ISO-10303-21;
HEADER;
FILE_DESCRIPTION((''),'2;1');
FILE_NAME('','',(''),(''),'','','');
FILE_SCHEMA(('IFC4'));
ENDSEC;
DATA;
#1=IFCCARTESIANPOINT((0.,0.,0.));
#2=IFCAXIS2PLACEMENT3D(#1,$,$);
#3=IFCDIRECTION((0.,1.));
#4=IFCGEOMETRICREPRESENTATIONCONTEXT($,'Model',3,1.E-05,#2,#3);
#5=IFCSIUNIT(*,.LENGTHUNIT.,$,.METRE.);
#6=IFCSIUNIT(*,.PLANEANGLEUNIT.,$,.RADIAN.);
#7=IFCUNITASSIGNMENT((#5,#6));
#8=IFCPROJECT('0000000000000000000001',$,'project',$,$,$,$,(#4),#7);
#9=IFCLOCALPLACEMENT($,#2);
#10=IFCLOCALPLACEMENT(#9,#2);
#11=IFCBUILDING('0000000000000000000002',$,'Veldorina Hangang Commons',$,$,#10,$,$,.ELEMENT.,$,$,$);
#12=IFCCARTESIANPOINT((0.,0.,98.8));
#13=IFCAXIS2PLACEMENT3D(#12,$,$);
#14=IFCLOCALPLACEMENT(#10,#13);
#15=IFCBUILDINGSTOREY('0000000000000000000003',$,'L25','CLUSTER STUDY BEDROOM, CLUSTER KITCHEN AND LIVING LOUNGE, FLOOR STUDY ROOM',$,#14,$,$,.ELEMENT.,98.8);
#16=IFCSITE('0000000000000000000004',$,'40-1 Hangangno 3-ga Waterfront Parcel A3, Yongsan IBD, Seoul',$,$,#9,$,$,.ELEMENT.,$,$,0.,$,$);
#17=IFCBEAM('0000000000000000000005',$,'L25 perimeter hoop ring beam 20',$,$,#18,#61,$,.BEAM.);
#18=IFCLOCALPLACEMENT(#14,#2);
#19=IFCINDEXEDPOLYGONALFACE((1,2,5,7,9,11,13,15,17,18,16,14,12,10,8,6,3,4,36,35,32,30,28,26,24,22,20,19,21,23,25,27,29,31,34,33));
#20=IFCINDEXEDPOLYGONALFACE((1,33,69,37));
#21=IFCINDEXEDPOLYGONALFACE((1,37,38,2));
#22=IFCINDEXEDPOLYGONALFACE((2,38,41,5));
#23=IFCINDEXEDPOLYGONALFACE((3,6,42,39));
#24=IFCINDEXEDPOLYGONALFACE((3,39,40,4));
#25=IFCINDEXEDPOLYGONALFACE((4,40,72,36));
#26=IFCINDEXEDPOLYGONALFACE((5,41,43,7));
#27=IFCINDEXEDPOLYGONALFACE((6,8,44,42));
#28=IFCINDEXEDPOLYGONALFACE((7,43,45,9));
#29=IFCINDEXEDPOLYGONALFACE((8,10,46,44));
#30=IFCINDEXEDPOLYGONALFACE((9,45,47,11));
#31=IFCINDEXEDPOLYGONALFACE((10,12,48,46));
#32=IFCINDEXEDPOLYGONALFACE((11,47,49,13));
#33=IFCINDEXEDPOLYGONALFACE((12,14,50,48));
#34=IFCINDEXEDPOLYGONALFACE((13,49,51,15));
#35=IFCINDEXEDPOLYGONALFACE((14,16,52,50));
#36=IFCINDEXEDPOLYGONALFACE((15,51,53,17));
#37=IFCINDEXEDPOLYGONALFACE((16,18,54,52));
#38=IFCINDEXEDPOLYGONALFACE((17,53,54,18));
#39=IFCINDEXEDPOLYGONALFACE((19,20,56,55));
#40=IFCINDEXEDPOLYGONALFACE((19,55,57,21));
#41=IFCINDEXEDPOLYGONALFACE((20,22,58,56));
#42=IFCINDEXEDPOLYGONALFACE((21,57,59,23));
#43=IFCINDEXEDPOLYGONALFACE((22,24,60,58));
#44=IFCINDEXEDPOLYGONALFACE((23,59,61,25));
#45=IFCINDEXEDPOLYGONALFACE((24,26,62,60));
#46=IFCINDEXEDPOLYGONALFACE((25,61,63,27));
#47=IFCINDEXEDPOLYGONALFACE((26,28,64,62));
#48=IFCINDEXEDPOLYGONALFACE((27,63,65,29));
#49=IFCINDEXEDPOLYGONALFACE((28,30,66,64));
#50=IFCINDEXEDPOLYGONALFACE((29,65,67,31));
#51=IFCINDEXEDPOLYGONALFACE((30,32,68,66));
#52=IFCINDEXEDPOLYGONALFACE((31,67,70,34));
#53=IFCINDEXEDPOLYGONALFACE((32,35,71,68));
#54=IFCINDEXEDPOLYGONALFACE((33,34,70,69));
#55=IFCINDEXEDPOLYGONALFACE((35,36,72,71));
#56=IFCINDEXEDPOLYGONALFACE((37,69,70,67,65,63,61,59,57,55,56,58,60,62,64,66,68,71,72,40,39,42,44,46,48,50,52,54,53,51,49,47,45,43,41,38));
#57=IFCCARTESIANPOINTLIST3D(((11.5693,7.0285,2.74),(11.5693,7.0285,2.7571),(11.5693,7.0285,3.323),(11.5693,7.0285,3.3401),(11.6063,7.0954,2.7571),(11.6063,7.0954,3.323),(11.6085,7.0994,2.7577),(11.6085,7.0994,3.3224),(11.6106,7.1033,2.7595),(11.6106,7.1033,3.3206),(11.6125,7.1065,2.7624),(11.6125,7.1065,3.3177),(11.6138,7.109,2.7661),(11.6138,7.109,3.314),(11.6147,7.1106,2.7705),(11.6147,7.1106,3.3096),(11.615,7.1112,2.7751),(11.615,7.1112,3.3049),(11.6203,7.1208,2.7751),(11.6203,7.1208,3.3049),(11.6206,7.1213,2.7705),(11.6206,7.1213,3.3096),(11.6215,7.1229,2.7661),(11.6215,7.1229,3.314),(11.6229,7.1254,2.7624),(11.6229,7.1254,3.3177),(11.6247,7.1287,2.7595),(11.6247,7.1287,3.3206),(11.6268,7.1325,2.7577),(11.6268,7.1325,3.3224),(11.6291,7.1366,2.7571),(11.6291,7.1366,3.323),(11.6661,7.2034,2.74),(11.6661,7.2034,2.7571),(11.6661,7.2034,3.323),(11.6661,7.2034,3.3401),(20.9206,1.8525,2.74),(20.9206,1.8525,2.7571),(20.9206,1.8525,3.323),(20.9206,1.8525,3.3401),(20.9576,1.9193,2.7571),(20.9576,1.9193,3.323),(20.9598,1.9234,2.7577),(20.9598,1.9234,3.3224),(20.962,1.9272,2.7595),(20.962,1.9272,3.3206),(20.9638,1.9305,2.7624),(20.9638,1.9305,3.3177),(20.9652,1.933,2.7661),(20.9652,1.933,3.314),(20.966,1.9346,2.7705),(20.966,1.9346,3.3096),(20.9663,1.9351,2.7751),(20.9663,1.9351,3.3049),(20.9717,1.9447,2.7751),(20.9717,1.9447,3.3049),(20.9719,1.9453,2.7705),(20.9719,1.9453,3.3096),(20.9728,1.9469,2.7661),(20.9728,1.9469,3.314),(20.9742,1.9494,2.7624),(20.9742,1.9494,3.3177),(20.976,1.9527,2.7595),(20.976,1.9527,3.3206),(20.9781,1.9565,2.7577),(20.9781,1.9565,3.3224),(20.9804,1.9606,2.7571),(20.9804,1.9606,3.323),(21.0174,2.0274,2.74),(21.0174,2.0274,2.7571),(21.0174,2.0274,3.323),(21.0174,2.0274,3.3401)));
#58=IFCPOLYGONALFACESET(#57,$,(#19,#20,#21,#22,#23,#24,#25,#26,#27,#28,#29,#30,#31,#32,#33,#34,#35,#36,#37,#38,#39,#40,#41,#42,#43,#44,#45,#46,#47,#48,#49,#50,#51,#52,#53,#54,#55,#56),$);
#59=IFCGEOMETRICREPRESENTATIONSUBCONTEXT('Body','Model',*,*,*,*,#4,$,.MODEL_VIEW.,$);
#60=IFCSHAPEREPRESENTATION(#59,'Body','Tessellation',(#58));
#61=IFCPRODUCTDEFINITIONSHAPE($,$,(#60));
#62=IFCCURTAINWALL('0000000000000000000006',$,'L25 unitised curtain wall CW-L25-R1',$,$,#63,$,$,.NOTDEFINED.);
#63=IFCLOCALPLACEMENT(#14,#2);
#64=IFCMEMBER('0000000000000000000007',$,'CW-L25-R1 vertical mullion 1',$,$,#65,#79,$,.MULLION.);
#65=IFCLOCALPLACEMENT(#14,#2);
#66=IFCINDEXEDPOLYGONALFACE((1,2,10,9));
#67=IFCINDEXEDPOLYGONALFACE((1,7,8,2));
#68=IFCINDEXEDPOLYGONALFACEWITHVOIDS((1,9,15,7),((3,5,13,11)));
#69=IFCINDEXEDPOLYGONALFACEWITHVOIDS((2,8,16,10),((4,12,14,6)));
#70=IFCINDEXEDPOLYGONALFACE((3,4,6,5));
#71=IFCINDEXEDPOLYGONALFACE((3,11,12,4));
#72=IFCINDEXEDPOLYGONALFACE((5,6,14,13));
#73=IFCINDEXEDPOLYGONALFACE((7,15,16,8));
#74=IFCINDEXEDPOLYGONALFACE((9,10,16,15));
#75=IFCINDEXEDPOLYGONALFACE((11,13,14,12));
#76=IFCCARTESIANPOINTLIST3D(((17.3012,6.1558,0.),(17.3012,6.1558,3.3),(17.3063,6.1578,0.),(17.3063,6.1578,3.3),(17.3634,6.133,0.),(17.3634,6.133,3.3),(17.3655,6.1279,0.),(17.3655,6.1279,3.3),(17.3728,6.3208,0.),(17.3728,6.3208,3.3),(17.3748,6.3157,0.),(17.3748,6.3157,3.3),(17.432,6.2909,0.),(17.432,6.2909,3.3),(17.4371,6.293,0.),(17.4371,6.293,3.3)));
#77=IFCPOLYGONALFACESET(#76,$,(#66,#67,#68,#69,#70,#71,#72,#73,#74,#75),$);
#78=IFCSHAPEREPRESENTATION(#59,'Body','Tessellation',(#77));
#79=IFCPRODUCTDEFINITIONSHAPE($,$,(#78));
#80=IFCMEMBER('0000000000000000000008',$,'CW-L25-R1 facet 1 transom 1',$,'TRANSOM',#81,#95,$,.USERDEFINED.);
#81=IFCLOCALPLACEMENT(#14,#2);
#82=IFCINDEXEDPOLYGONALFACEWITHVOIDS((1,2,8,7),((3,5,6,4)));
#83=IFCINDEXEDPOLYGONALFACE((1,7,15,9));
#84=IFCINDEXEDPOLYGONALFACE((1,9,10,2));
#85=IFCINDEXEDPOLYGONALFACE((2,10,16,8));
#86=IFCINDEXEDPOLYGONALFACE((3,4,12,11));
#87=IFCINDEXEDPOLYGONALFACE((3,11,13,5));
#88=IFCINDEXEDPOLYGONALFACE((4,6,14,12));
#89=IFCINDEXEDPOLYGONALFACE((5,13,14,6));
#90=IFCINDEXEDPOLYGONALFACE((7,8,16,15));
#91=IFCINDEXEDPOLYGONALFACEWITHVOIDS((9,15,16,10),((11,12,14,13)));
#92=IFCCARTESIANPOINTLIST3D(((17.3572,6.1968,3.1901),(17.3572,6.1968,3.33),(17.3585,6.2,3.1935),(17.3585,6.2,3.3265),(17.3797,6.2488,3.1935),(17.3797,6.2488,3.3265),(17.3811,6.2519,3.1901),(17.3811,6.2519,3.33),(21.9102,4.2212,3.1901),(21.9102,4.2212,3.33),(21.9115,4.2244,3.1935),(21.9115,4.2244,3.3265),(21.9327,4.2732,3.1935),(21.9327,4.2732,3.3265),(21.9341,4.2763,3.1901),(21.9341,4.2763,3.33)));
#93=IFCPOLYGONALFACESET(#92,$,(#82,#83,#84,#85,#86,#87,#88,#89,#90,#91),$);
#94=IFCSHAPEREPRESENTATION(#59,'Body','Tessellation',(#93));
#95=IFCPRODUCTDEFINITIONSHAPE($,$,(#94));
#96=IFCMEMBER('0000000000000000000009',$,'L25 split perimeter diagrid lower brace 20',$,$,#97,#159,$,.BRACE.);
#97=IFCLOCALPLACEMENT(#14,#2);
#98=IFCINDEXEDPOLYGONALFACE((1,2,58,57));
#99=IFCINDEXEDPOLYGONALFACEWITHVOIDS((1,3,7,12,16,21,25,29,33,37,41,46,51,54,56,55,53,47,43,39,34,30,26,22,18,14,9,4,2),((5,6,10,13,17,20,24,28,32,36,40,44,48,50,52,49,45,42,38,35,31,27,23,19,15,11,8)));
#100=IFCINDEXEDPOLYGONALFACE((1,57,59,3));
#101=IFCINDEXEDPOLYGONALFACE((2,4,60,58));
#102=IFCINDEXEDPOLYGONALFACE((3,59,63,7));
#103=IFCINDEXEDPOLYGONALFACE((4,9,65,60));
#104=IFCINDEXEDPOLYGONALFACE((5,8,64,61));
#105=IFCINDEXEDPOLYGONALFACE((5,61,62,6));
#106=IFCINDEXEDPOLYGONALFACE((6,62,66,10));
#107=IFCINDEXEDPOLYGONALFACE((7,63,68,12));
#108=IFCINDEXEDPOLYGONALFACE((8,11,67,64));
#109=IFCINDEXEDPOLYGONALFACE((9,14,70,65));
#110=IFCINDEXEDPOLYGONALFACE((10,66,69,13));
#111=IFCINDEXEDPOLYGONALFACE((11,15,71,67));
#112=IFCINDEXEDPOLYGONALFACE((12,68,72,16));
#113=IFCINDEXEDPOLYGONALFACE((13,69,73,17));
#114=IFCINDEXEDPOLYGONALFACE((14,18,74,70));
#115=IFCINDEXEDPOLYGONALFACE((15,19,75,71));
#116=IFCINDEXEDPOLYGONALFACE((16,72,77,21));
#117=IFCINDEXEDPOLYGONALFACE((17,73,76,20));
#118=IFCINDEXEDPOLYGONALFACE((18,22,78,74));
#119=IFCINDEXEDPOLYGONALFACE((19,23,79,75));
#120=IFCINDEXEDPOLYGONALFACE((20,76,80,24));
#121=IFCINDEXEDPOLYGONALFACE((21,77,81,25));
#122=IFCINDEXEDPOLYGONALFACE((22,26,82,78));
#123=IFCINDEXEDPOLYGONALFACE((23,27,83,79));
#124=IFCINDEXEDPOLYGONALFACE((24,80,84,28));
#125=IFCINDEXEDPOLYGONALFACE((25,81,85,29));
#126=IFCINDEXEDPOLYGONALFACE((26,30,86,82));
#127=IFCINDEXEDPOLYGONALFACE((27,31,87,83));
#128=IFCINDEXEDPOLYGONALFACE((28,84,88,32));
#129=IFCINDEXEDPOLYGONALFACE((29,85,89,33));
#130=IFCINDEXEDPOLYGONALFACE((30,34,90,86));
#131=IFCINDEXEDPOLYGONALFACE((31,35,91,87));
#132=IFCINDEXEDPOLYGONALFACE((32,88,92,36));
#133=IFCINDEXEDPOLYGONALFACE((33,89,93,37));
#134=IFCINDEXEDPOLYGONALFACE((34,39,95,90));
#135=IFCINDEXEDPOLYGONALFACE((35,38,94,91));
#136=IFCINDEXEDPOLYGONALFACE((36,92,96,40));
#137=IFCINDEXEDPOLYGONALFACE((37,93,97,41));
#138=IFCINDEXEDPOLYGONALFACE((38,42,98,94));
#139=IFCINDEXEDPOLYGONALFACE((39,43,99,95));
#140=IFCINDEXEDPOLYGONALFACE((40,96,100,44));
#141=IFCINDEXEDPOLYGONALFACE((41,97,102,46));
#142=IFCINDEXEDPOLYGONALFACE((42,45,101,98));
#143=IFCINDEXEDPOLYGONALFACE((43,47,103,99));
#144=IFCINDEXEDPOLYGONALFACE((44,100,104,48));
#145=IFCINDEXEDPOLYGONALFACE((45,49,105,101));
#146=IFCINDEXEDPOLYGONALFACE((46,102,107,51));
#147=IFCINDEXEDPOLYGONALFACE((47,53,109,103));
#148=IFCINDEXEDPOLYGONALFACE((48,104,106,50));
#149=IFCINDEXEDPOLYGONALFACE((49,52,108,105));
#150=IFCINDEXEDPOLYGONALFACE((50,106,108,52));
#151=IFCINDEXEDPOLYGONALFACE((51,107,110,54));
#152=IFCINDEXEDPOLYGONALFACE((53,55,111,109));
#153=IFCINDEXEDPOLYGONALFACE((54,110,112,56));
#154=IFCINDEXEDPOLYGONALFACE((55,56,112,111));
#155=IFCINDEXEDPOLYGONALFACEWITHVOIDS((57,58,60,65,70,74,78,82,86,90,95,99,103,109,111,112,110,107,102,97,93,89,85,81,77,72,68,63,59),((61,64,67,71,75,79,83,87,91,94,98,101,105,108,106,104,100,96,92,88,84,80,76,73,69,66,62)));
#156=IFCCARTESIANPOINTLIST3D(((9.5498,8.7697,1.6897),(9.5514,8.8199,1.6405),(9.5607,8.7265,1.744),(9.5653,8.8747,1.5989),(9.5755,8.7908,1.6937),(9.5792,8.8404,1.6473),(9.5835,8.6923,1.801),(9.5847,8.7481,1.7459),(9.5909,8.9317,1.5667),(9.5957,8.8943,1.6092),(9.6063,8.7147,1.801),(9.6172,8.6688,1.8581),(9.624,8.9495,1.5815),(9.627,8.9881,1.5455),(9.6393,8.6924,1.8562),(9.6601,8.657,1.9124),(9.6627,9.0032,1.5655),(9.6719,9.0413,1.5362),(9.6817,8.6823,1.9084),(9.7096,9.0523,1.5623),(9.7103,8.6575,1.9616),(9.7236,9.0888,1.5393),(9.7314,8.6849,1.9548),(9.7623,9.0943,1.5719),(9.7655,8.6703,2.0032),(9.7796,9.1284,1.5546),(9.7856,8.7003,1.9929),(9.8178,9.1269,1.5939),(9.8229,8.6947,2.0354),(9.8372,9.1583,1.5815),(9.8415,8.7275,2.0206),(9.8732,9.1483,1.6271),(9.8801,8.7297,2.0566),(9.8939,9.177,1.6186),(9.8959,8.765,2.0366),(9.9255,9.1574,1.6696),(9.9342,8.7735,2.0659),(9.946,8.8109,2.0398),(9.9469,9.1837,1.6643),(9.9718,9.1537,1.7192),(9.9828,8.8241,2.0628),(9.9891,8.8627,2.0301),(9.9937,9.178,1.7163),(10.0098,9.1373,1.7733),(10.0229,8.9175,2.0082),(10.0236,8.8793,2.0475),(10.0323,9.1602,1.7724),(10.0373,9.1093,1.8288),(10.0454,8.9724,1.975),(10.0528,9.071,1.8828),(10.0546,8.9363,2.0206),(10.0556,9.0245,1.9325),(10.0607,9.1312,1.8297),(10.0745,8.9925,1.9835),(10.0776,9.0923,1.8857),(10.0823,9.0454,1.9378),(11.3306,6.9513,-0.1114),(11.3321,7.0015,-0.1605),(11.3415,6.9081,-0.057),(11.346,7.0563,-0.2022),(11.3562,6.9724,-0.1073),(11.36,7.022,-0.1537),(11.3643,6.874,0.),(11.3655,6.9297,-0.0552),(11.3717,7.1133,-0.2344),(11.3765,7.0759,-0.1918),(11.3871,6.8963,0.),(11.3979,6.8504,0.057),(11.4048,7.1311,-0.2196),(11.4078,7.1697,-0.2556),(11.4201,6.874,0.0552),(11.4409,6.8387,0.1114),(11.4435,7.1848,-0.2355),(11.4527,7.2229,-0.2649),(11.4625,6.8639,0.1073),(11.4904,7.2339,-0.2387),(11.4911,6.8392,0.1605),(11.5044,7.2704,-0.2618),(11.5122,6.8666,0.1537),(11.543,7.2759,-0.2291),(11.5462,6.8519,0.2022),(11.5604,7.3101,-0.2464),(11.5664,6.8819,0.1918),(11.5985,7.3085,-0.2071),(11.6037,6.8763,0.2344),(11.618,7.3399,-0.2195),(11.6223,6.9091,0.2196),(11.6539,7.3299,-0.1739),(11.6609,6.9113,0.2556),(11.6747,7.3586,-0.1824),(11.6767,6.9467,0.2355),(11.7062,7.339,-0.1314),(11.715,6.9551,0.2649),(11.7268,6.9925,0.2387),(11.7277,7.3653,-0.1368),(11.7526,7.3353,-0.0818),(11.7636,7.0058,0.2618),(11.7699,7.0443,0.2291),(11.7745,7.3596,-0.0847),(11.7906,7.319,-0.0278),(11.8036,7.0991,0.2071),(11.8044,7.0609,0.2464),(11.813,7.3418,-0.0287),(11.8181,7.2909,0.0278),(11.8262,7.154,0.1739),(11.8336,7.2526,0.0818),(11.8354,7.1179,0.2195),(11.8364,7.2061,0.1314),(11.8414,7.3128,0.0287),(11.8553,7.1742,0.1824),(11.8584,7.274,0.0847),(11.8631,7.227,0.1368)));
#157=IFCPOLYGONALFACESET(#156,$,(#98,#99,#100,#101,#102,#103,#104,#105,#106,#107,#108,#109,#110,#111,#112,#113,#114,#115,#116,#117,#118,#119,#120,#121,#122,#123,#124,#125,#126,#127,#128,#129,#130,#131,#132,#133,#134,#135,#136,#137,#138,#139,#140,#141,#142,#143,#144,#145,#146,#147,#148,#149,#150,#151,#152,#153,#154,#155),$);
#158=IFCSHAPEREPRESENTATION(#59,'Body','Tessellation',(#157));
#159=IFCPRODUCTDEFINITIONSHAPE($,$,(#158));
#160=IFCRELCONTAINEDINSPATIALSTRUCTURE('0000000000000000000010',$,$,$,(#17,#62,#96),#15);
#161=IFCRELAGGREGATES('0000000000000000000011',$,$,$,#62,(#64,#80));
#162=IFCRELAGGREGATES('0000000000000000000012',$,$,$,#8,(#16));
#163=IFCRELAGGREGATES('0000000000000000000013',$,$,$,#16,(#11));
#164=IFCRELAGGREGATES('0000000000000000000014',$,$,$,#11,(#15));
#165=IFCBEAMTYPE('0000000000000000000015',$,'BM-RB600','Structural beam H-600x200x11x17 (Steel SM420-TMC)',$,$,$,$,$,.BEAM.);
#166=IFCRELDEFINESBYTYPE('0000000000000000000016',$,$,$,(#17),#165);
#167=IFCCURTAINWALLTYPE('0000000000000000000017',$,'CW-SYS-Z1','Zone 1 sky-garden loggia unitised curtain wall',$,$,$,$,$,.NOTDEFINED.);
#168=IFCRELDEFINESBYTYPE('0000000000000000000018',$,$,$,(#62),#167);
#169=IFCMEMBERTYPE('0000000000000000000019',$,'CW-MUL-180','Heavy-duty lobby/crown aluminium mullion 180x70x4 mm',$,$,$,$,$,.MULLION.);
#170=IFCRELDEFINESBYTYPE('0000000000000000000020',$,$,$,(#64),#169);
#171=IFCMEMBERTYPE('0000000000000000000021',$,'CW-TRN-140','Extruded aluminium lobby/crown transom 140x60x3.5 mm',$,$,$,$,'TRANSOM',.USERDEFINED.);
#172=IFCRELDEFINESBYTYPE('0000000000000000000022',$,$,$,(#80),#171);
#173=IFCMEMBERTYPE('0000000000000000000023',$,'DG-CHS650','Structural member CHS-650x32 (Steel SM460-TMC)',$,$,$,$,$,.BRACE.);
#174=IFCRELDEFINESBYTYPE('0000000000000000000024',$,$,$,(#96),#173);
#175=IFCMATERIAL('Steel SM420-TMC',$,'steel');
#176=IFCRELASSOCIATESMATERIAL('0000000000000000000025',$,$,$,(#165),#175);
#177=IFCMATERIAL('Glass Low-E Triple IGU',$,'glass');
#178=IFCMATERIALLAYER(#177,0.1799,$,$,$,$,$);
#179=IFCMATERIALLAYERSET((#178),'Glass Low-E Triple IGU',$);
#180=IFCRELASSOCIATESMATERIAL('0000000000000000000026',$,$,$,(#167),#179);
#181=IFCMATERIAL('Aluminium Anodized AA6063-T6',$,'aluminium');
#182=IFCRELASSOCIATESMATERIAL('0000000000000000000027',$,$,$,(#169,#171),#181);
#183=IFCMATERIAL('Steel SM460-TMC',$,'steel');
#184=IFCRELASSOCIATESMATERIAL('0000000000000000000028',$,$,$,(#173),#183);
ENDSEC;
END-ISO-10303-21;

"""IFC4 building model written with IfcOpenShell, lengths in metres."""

from ifc_helpers import new_model, si_unit, direction, frame, origin, origin_2d, place, context, subcontext, project, spatial, hollow_rectangle, hollow_circle, i_section, extrude, material, layer, layer_set, material_profile, profile_set, type_object, element, aggregate, save


model = new_model("IFC4")

# Units and contexts
model_context = context("Model", 3, precision=1e-05, world=origin(), true_north=direction((0.0, 1.0)))
body_context = subcontext(model_context, "Body", "Model", "MODEL_VIEW")
ifc_project = project(units=[si_unit("LENGTHUNIT", "METRE"), si_unit("PLANEANGLEUNIT", "RADIAN")], contexts=[model_context])

# Site, building, storey
site_placement = place(None, origin())
site = spatial("IfcSite", under=ifc_project, at=site_placement, Name="40-1 Hangangno 3-ga Waterfront Parcel A3, Yongsan IBD, Seoul", CompositionType="ELEMENT", RefElevation=0.0)
building_placement = place(site_placement, origin())
building = spatial("IfcBuilding", under=site, at=building_placement, Name="Veldorina Hangang Commons", CompositionType="ELEMENT")
storey_placement = place(building_placement, frame((0.0, 0.0, 98.8)))
storey = spatial("IfcBuildingStorey", under=building, at=storey_placement, Name="L25", Description="CLUSTER STUDY BEDROOM, CLUSTER KITCHEN AND LIVING LOUNGE, FLOOR STUDY ROOM", CompositionType="ELEMENT", Elevation=98.8)

# Beam
ifc_material_1 = material(Name="Steel SM420-TMC", Category="steel")
ifc_material_profile_1 = material_profile(ifc_material_1, i_section(OverallWidth=0.2, OverallDepth=0.6001, WebThickness=0.011, FlangeThickness=0.0171, FilletRadius=0.0181, at=origin_2d()), Name="H-600x200x11x17")
ifc_profile_set_1 = profile_set([ifc_material_profile_1], Name="Steel SM420-TMC")
beam_type = type_object("IfcBeamType", Name="BM-RB600", Description="Structural beam H-600x200x11x17 (Steel SM420-TMC)", PredefinedType="BEAM", material=ifc_profile_set_1)
beam_placement = place(storey_placement, frame((11.6177, 7.116, 3.04), z_axis=(0.874917, -0.484273, 0.0), x_axis=(0.484273, 0.874917, 0.0)))
element("IfcBeam", 1, at=beam_placement, inside=storey, type_object=beam_type, Name="L25 perimeter hoop ring beam 20", PredefinedType="BEAM", context=body_context, shape_type="SweptSolid", body=[
    extrude(i_section(OverallWidth=0.2, OverallDepth=0.6001, WebThickness=0.011, FlangeThickness=0.0171, FilletRadius=0.0181, at=origin_2d()), origin(), (0.0, 0.0, 1.0), 10.6882),
])

# Curtain wall, members
ifc_material_2 = material(Name="Glass Low-E Triple IGU", Category="glass")
ifc_layer_1 = layer(ifc_material_2, 0.1799)
ifc_layer_set_1 = layer_set([ifc_layer_1], Name="Glass Low-E Triple IGU")
curtain_wall_type = type_object("IfcCurtainWallType", Name="CW-SYS-Z1", Description="Zone 1 sky-garden loggia unitised curtain wall", PredefinedType="NOTDEFINED", material=ifc_layer_set_1)
curtain_wall_placement = place(storey_placement, origin())
curtain_wall = element("IfcCurtainWall", 2, at=curtain_wall_placement, inside=storey, type_object=curtain_wall_type, Name="L25 unitised curtain wall CW-L25-R1", PredefinedType="NOTDEFINED")
ifc_material_3 = material(Name="Aluminium Anodized AA6063-T6", Category="aluminium")
ifc_material_profile_2 = material_profile(ifc_material_3, hollow_rectangle(XDim=0.0701, YDim=0.1799, WallThickness=0.0039, at=origin_2d()), Name="ALU-RHS-180x70x4")
ifc_profile_set_2 = profile_set([ifc_material_profile_2], Name="Aluminium Anodized AA6063-T6")
member_type_1 = type_object("IfcMemberType", Name="CW-MUL-180", Description="Heavy-duty lobby/crown aluminium mullion 180x70x4 mm", PredefinedType="MULLION", material=ifc_profile_set_2)
member_1_placement = place(storey_placement, frame((17.3691, 6.2244, 0.0), z_axis=(0.0, 0.0, 1.0), x_axis=(0.917359, -0.398061, 0.0)))
member_1 = element("IfcMember", 3, at=member_1_placement, type_object=member_type_1, Name="CW-L25-R1 vertical mullion 1", PredefinedType="MULLION", context=body_context, shape_type="SweptSolid", body=[
    extrude(hollow_rectangle(XDim=0.0701, YDim=0.1799, WallThickness=0.0039, at=origin_2d()), origin(), (0.0, 0.0, 1.0), 3.3),
])
ifc_material_profile_3 = material_profile(ifc_material_3, hollow_rectangle(XDim=0.0601, YDim=0.1399, WallThickness=0.0034, at=origin_2d()), Name="ALU-RHS-140x60x3.5")
ifc_profile_set_3 = profile_set([ifc_material_profile_3], Name="Aluminium Anodized AA6063-T6")
member_type_2 = type_object("IfcMemberType", Name="CW-TRN-140", Description="Extruded aluminium lobby/crown transom 140x60x3.5 mm", ElementType="TRANSOM", PredefinedType="USERDEFINED", material=ifc_profile_set_3)
member_2_placement = place(storey_placement, frame((17.3691, 6.2244, 3.26), z_axis=(0.917362, -0.398053, 0.0), x_axis=(0.398053, 0.917362, 0.0)))
member_2 = element("IfcMember", 4, at=member_2_placement, type_object=member_type_2, Name="CW-L25-R1 facet 1 transom 1", ObjectType="TRANSOM", PredefinedType="USERDEFINED", context=body_context, shape_type="SweptSolid", body=[
    extrude(hollow_rectangle(XDim=0.0601, YDim=0.1399, WallThickness=0.0034, at=origin_2d()), origin(), (0.0, 0.0, 1.0), 4.9631),
])

# Member
ifc_material_4 = material(Name="Steel SM460-TMC", Category="steel")
ifc_material_profile_4 = material_profile(ifc_material_4, hollow_circle(Radius=0.325, WallThickness=0.032, at=origin_2d()), Name="CHS-650x32")
ifc_profile_set_4 = profile_set([ifc_material_profile_4], Name="Steel SM460-TMC")
member_type_3 = type_object("IfcMemberType", Name="DG-CHS650", Description="Structural member CHS-650x32 (Steel SM460-TMC)", PredefinedType="BRACE", material=ifc_profile_set_4)
member_3_placement = place(storey_placement, frame((11.5964, 7.1013, 0.0), z_axis=(-0.571143, 0.583202, 0.577642), x_axis=(-0.714454, -0.699682, 0.0)))
element("IfcMember", 5, at=member_3_placement, inside=storey, type_object=member_type_3, Name="L25 split perimeter diagrid lower brace 20", PredefinedType="BRACE", context=body_context, shape_type="SweptSolid", body=[
    extrude(hollow_circle(Radius=0.325, WallThickness=0.032, at=origin_2d()), origin(), (0.0, 0.0, 1.0), 3.1179),
])

aggregate(curtain_wall, [member_1, member_2])

save(model, "model.ifc")
